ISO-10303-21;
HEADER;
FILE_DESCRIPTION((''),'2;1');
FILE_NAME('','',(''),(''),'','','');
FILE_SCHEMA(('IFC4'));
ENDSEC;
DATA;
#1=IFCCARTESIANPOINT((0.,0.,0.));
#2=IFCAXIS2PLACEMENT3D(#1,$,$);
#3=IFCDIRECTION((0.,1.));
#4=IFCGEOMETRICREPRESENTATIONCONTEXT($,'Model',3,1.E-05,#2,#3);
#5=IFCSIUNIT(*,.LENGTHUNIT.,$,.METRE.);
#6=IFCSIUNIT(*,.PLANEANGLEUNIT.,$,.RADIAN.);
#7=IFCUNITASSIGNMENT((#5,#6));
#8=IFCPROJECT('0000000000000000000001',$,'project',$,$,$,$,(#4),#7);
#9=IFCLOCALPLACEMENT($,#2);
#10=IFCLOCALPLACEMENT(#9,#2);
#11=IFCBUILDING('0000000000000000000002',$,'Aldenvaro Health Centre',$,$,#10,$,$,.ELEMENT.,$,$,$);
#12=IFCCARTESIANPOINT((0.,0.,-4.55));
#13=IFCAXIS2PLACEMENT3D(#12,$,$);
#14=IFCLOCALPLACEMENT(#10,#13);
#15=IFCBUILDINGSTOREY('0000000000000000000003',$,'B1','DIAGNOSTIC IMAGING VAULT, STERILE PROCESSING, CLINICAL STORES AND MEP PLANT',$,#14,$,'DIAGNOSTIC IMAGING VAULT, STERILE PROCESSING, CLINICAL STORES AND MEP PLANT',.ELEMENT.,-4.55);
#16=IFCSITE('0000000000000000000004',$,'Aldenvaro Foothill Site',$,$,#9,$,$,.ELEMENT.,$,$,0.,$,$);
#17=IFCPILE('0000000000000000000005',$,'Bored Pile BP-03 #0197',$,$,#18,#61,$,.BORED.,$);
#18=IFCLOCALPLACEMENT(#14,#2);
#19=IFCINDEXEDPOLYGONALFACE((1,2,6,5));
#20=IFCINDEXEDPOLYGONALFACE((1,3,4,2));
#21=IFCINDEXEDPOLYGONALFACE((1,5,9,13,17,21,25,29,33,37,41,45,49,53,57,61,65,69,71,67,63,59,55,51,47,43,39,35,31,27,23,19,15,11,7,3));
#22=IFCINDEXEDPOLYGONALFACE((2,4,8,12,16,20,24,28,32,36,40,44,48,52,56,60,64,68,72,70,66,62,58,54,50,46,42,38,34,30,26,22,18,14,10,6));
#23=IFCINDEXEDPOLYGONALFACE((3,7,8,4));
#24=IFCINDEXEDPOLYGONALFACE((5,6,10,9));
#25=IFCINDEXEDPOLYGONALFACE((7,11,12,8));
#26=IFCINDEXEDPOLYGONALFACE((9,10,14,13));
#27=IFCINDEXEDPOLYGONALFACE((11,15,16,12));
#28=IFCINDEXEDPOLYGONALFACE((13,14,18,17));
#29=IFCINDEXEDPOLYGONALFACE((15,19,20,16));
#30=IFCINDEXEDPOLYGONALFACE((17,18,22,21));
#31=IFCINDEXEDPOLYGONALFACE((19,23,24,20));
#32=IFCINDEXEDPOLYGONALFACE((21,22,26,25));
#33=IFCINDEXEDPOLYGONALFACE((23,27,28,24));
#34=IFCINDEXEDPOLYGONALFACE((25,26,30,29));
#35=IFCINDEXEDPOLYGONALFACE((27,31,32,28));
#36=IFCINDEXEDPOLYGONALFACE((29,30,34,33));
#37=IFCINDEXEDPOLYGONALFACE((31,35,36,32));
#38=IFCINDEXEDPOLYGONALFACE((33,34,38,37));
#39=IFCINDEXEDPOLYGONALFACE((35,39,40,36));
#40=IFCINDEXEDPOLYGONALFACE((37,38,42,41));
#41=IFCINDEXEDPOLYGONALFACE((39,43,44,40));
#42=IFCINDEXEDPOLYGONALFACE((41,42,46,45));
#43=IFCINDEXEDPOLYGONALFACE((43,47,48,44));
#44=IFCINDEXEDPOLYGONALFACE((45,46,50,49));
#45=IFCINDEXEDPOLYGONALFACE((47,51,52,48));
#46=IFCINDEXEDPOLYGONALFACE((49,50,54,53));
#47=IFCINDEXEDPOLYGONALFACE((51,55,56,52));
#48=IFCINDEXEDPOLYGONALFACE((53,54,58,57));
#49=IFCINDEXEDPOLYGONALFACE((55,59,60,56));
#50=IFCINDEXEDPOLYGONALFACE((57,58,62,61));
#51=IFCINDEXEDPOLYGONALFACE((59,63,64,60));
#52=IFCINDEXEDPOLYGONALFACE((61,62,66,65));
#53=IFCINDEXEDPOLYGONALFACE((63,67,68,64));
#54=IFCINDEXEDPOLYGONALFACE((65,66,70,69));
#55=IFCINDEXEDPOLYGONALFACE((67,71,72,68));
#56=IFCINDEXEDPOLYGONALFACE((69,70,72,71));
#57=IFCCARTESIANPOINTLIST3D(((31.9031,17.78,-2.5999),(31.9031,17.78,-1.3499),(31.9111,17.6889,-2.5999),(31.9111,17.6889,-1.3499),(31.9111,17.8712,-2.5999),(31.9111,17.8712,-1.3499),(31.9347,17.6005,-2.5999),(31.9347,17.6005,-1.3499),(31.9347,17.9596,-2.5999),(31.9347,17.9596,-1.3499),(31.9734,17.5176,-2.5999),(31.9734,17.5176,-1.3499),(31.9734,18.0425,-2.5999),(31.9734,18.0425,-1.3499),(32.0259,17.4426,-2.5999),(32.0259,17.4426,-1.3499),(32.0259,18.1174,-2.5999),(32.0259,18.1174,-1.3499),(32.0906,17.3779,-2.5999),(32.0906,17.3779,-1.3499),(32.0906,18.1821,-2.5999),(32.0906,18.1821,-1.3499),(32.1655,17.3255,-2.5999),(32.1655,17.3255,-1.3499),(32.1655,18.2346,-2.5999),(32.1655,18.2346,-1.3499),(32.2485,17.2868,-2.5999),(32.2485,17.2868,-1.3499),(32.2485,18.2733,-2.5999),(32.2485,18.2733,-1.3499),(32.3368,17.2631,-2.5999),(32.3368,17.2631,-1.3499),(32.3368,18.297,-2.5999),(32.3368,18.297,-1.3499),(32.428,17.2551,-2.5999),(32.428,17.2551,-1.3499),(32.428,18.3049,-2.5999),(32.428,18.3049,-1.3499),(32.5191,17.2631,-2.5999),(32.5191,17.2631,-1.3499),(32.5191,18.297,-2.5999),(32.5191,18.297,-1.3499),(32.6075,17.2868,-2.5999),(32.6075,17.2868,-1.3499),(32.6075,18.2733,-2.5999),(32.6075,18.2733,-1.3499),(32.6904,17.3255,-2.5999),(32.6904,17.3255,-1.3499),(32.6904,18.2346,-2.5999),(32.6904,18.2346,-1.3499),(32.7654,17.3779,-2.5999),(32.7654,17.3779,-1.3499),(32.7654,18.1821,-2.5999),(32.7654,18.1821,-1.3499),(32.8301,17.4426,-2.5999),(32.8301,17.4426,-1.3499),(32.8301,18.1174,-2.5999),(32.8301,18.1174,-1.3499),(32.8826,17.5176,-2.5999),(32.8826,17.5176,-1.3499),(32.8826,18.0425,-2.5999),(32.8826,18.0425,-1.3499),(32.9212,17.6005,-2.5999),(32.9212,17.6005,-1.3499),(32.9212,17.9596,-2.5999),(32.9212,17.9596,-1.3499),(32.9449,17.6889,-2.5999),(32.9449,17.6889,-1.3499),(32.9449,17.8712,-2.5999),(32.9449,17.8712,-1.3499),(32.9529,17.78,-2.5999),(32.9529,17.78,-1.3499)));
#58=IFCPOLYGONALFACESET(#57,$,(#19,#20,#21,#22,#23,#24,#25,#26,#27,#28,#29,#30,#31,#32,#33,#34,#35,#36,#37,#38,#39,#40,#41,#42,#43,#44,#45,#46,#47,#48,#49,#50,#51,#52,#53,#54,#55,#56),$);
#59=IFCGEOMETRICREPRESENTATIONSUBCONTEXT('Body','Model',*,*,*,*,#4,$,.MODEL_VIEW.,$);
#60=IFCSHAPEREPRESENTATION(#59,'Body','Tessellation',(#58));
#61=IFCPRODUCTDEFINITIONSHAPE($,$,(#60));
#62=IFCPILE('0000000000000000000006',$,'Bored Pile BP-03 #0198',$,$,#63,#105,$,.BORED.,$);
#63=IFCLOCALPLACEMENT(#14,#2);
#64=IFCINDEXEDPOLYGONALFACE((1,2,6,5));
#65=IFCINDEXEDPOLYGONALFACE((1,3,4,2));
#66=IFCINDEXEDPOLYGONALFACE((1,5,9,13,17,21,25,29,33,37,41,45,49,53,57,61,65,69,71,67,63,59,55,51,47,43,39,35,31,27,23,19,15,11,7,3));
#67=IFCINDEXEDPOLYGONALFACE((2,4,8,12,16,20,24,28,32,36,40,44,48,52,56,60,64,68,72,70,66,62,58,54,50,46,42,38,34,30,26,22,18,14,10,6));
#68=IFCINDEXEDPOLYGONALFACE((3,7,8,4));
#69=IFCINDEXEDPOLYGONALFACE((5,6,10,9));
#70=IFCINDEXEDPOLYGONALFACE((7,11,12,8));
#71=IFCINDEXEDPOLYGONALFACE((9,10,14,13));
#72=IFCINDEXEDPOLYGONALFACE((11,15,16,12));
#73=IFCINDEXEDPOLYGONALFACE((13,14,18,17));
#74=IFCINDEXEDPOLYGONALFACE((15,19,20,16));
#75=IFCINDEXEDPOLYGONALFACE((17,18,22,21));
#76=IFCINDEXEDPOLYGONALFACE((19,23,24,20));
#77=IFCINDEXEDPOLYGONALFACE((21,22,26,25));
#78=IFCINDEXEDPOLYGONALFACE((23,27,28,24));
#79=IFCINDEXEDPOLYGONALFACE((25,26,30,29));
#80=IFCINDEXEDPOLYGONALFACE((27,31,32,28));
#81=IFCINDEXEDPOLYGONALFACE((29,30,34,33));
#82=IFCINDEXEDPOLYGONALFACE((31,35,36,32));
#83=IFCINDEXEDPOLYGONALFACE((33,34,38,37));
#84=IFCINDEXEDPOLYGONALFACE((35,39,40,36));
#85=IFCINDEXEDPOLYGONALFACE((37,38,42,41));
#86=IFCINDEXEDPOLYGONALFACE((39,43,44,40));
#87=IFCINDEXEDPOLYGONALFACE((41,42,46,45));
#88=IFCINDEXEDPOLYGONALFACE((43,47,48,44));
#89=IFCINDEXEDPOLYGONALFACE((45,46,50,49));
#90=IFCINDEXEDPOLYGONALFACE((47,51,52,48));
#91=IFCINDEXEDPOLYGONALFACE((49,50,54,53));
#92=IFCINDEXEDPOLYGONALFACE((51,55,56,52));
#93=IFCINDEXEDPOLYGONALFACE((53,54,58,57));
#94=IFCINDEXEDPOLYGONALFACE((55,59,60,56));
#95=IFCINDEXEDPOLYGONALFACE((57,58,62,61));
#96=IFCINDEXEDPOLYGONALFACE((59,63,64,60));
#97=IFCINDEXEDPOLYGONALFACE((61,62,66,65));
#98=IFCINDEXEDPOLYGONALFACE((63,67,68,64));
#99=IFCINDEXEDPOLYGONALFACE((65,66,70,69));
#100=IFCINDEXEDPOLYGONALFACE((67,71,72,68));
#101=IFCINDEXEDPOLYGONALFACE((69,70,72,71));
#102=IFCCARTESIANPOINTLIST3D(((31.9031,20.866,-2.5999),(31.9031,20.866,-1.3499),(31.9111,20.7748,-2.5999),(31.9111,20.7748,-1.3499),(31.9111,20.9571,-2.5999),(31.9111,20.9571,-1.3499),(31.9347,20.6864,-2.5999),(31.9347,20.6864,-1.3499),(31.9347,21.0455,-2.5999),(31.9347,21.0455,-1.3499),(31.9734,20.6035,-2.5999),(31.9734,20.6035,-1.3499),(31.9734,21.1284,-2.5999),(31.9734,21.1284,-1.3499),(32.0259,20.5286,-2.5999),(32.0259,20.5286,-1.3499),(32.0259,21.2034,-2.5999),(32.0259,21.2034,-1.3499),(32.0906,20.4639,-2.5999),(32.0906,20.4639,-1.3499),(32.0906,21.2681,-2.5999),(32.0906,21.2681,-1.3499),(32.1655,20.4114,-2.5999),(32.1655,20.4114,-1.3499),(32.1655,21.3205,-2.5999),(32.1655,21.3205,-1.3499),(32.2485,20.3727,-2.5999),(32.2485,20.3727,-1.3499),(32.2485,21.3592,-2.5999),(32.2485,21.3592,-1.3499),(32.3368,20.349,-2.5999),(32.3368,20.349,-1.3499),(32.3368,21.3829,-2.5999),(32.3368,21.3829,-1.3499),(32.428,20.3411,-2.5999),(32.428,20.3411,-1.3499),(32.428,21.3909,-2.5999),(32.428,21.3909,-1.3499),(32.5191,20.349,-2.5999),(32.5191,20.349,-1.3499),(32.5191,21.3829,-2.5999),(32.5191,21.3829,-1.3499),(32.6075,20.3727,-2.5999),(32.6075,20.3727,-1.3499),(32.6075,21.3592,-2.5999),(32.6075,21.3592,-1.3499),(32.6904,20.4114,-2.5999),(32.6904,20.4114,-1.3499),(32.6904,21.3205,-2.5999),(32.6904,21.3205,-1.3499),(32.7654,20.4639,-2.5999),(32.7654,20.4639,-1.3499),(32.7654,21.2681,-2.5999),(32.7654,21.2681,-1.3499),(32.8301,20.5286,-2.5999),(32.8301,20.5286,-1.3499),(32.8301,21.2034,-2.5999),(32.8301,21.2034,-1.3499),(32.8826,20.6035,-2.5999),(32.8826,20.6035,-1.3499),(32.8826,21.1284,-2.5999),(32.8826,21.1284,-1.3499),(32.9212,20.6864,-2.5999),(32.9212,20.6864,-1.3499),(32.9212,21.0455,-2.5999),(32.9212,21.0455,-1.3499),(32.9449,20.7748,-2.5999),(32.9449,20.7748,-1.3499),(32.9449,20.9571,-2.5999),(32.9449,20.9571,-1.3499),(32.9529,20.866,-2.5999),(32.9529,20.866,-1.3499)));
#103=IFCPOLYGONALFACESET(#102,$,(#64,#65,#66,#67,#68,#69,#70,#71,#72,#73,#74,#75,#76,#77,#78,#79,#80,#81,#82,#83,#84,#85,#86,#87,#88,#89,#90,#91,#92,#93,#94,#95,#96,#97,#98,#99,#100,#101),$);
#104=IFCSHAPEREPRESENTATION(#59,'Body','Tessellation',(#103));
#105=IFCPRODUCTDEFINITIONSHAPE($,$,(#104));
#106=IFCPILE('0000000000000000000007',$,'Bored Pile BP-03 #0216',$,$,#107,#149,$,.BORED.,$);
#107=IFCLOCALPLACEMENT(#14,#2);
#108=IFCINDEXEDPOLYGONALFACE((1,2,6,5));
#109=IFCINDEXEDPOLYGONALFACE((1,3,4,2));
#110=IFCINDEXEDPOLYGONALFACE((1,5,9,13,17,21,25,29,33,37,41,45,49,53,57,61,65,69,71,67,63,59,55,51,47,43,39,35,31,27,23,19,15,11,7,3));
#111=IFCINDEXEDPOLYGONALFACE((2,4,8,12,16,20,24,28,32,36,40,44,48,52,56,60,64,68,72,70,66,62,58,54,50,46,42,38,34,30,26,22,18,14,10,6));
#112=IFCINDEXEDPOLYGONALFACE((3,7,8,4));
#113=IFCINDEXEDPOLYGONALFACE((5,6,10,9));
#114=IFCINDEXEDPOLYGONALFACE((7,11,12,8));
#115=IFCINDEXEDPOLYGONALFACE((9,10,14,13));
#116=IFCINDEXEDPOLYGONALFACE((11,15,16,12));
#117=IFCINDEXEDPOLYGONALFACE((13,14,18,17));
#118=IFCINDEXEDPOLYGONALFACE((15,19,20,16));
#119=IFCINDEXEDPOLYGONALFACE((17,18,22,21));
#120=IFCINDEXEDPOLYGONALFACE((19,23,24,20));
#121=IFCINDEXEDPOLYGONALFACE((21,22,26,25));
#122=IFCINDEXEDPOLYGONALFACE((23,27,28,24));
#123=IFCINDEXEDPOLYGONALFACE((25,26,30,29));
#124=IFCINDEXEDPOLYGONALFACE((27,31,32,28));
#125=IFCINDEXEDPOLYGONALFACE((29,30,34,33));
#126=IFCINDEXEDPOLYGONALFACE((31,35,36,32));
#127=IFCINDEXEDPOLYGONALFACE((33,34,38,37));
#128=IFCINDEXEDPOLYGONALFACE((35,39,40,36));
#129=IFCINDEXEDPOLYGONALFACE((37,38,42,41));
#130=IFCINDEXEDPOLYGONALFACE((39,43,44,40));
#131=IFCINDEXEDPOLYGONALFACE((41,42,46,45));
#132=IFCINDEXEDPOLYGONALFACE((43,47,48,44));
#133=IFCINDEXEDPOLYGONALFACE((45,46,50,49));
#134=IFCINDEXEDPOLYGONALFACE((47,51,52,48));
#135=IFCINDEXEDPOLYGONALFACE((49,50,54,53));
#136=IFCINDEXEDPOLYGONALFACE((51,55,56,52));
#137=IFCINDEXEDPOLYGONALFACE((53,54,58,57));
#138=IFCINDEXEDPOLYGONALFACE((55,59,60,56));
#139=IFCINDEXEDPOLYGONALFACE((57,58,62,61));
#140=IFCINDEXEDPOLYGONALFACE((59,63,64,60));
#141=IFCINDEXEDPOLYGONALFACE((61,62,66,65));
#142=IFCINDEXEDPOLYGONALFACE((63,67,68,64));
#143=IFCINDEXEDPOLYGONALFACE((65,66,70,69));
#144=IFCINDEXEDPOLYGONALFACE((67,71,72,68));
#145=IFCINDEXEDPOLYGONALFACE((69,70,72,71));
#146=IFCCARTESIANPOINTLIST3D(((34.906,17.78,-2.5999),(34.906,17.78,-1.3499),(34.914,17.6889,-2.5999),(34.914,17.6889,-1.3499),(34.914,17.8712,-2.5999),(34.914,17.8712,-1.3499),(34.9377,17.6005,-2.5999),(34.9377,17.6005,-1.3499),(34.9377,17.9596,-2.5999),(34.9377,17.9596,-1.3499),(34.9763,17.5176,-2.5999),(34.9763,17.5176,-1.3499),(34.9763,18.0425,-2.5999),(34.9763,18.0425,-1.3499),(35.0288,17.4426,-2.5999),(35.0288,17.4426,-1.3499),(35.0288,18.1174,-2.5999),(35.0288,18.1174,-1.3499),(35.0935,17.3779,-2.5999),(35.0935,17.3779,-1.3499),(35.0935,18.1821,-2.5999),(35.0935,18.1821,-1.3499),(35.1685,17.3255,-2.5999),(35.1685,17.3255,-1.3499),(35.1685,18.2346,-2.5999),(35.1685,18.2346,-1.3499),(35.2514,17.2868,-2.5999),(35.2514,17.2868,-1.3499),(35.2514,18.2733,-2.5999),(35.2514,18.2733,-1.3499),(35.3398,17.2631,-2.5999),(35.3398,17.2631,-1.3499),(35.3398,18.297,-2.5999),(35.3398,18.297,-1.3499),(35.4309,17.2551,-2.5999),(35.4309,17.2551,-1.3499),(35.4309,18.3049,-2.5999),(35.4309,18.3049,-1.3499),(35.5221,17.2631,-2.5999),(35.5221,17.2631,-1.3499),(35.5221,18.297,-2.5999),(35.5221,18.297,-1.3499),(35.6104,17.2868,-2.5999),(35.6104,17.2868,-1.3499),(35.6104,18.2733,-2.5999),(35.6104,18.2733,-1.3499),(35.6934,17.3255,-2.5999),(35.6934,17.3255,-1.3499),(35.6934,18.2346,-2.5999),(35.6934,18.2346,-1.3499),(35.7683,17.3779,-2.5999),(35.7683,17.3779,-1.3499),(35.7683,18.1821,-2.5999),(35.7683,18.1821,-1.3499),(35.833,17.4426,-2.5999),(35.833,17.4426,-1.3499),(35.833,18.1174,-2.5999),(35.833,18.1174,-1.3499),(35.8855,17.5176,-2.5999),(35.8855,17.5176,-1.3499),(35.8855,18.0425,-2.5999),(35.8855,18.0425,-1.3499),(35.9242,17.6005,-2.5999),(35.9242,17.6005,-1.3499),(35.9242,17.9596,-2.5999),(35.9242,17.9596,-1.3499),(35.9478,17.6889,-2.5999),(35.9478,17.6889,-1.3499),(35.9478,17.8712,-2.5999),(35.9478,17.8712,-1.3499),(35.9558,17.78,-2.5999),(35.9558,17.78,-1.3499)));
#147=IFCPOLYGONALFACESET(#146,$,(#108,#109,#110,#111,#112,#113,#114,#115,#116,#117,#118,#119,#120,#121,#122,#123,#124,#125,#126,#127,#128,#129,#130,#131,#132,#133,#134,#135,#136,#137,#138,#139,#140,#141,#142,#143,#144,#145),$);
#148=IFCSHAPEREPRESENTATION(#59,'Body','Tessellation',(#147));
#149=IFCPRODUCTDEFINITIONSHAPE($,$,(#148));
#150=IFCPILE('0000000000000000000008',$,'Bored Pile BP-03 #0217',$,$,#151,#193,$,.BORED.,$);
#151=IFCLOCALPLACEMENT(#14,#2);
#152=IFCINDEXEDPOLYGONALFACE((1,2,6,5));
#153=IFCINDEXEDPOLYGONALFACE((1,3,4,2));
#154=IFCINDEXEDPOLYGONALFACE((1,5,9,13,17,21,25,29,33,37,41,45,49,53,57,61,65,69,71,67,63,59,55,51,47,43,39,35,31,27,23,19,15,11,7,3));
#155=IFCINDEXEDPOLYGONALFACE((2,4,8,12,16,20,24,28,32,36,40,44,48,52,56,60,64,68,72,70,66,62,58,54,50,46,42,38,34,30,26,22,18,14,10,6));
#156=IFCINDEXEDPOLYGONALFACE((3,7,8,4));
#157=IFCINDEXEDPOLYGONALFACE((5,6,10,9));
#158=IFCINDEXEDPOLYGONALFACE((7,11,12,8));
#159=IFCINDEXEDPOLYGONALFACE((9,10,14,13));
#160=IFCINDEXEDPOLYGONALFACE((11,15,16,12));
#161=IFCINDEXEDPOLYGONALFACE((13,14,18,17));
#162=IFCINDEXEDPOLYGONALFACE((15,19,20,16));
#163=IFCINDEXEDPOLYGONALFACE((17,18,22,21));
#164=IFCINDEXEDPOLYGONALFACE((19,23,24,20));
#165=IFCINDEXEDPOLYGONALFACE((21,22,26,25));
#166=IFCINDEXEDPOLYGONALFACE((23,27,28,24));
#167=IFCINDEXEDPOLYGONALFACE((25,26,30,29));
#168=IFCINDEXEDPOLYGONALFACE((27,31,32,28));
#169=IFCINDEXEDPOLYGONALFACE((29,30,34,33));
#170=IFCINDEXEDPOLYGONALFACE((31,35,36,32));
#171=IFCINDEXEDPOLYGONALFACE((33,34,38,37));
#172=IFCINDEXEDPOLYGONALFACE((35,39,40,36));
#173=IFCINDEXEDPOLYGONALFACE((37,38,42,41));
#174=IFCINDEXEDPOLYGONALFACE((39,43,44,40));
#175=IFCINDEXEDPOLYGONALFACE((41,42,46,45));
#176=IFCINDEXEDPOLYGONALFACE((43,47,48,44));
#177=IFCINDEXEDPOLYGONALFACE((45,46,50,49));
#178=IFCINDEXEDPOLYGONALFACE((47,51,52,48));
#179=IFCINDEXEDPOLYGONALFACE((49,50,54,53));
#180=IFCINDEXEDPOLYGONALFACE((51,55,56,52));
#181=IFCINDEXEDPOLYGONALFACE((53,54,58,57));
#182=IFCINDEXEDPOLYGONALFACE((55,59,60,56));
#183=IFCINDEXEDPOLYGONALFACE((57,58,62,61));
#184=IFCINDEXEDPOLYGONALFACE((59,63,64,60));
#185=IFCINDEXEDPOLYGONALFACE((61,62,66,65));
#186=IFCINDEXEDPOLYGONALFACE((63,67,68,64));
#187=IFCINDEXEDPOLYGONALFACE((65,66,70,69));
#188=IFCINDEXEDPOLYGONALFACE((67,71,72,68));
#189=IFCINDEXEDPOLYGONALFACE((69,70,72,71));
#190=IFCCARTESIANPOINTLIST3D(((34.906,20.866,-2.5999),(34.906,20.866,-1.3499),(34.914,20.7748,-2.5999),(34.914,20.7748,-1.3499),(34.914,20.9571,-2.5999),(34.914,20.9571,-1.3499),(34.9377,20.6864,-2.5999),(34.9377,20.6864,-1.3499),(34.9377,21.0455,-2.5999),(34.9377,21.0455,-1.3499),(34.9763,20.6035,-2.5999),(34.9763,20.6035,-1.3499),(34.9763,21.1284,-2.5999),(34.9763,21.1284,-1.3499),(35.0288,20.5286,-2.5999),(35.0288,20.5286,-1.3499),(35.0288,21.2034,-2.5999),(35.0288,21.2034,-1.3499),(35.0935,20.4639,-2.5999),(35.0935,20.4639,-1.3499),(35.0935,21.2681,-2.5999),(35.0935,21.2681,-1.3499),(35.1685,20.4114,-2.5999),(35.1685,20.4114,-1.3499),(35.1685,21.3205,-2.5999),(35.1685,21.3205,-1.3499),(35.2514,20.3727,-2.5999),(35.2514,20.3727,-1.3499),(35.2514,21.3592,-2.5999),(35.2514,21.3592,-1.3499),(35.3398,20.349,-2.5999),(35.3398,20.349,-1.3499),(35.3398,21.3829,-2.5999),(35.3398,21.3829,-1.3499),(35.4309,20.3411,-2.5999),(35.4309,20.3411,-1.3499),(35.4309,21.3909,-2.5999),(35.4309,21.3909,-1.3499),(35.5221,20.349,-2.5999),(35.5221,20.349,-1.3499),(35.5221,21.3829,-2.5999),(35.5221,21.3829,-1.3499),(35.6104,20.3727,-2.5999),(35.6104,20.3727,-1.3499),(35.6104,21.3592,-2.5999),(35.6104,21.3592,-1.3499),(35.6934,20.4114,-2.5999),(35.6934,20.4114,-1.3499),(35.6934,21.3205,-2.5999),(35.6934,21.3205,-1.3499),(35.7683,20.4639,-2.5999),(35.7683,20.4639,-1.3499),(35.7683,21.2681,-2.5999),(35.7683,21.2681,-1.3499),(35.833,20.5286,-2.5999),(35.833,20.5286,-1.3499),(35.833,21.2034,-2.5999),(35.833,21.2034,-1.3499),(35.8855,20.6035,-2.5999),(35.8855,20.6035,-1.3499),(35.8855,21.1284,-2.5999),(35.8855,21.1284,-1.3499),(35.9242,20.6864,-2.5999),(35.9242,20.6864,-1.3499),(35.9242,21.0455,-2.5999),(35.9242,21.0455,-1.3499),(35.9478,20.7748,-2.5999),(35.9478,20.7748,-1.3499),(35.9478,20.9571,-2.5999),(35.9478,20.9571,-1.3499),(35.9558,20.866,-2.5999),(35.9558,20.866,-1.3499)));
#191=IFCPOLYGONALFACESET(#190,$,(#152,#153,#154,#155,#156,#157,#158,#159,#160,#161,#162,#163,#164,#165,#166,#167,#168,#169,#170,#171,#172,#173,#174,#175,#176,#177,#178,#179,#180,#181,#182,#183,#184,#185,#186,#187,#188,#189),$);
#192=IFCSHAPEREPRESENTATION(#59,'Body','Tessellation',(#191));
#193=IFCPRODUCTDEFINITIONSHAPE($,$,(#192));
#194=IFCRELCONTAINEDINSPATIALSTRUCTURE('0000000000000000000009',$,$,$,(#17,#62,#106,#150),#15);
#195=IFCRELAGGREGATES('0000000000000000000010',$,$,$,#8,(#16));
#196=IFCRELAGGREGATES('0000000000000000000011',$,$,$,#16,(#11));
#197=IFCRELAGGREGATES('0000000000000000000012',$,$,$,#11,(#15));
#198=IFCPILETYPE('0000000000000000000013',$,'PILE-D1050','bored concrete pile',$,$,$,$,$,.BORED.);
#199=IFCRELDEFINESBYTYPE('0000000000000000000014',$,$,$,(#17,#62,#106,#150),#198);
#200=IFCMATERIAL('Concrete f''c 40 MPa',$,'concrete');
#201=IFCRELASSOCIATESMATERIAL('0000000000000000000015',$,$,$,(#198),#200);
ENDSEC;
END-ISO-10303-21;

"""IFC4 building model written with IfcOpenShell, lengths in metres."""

from ifc_helpers import new_model, si_unit, direction, frame, origin, origin_2d, place, context, subcontext, project, spatial, circle, extrude, material, material_profile, profile_set, type_object, element, save


model = new_model("IFC4")

# Units and contexts
model_context = context("Model", 3, precision=1e-05, world=origin(), true_north=direction((0.0, 1.0)))
body_context = subcontext(model_context, "Body", "Model", "MODEL_VIEW")
ifc_project = project(units=[si_unit("LENGTHUNIT", "METRE"), si_unit("PLANEANGLEUNIT", "RADIAN")], contexts=[model_context])

# Site, building, storey
site_placement = place(None, origin())
site = spatial("IfcSite", under=ifc_project, at=site_placement, Name="Aldenvaro Foothill Site", CompositionType="ELEMENT", RefElevation=0.0)
building_placement = place(site_placement, origin())
building = spatial("IfcBuilding", under=site, at=building_placement, Name="Aldenvaro Health Centre", CompositionType="ELEMENT")
storey_placement = place(building_placement, frame((0.0, 0.0, -4.55)))
storey = spatial("IfcBuildingStorey", under=building, at=storey_placement, Name="B1", Description="DIAGNOSTIC IMAGING VAULT, STERILE PROCESSING, CLINICAL STORES AND MEP PLANT", LongName="DIAGNOSTIC IMAGING VAULT, STERILE PROCESSING, CLINICAL STORES AND MEP PLANT", CompositionType="ELEMENT", Elevation=-4.55)

# Piles
ifc_material_1 = material(Name="Concrete f'c 40 MPa", Category="concrete")
ifc_material_profile_1 = material_profile(ifc_material_1, circle(Radius=0.5249, at=origin_2d()), Name="PILE D1050", Category="concrete")
ifc_profile_set_1 = profile_set([ifc_material_profile_1], Name="Concrete f'c 40 MPa")
pile_type = type_object("IfcPileType", Name="PILE-D1050", Description="bored concrete pile", PredefinedType="BORED", material=ifc_profile_set_1)
for number, where, z_axis, x_axis, name in (
    (1, (32.428, 17.78, -1.3499), (0.0, 0.0, -1.0), (1.0, 0.0, 0.0), "Bored Pile BP-03 #0197"),
    (2, (32.428, 20.866, -1.3499), (0.0, 0.0, -1.0), (1.0, 0.0, 0.0), "Bored Pile BP-03 #0198"),
    (3, (35.4309, 17.78, -1.3499), (0.0, 0.0, -1.0), (1.0, 0.0, 0.0), "Bored Pile BP-03 #0216"),
    (4, (35.4309, 20.866, -1.3499), (0.0, 0.0, -1.0), (1.0, 0.0, 0.0), "Bored Pile BP-03 #0217"),
):
    element("IfcPile", number, at=place(storey_placement, frame(where, z_axis=z_axis, x_axis=x_axis)), inside=storey, type_object=pile_type, Name=name, PredefinedType="BORED", context=body_context, shape_type="SweptSolid", body=[
        extrude(circle(Radius=0.5249, at=origin_2d()), origin(), (0.0, 0.0, 1.0), 1.25),
    ])

save(model, "model.ifc")
